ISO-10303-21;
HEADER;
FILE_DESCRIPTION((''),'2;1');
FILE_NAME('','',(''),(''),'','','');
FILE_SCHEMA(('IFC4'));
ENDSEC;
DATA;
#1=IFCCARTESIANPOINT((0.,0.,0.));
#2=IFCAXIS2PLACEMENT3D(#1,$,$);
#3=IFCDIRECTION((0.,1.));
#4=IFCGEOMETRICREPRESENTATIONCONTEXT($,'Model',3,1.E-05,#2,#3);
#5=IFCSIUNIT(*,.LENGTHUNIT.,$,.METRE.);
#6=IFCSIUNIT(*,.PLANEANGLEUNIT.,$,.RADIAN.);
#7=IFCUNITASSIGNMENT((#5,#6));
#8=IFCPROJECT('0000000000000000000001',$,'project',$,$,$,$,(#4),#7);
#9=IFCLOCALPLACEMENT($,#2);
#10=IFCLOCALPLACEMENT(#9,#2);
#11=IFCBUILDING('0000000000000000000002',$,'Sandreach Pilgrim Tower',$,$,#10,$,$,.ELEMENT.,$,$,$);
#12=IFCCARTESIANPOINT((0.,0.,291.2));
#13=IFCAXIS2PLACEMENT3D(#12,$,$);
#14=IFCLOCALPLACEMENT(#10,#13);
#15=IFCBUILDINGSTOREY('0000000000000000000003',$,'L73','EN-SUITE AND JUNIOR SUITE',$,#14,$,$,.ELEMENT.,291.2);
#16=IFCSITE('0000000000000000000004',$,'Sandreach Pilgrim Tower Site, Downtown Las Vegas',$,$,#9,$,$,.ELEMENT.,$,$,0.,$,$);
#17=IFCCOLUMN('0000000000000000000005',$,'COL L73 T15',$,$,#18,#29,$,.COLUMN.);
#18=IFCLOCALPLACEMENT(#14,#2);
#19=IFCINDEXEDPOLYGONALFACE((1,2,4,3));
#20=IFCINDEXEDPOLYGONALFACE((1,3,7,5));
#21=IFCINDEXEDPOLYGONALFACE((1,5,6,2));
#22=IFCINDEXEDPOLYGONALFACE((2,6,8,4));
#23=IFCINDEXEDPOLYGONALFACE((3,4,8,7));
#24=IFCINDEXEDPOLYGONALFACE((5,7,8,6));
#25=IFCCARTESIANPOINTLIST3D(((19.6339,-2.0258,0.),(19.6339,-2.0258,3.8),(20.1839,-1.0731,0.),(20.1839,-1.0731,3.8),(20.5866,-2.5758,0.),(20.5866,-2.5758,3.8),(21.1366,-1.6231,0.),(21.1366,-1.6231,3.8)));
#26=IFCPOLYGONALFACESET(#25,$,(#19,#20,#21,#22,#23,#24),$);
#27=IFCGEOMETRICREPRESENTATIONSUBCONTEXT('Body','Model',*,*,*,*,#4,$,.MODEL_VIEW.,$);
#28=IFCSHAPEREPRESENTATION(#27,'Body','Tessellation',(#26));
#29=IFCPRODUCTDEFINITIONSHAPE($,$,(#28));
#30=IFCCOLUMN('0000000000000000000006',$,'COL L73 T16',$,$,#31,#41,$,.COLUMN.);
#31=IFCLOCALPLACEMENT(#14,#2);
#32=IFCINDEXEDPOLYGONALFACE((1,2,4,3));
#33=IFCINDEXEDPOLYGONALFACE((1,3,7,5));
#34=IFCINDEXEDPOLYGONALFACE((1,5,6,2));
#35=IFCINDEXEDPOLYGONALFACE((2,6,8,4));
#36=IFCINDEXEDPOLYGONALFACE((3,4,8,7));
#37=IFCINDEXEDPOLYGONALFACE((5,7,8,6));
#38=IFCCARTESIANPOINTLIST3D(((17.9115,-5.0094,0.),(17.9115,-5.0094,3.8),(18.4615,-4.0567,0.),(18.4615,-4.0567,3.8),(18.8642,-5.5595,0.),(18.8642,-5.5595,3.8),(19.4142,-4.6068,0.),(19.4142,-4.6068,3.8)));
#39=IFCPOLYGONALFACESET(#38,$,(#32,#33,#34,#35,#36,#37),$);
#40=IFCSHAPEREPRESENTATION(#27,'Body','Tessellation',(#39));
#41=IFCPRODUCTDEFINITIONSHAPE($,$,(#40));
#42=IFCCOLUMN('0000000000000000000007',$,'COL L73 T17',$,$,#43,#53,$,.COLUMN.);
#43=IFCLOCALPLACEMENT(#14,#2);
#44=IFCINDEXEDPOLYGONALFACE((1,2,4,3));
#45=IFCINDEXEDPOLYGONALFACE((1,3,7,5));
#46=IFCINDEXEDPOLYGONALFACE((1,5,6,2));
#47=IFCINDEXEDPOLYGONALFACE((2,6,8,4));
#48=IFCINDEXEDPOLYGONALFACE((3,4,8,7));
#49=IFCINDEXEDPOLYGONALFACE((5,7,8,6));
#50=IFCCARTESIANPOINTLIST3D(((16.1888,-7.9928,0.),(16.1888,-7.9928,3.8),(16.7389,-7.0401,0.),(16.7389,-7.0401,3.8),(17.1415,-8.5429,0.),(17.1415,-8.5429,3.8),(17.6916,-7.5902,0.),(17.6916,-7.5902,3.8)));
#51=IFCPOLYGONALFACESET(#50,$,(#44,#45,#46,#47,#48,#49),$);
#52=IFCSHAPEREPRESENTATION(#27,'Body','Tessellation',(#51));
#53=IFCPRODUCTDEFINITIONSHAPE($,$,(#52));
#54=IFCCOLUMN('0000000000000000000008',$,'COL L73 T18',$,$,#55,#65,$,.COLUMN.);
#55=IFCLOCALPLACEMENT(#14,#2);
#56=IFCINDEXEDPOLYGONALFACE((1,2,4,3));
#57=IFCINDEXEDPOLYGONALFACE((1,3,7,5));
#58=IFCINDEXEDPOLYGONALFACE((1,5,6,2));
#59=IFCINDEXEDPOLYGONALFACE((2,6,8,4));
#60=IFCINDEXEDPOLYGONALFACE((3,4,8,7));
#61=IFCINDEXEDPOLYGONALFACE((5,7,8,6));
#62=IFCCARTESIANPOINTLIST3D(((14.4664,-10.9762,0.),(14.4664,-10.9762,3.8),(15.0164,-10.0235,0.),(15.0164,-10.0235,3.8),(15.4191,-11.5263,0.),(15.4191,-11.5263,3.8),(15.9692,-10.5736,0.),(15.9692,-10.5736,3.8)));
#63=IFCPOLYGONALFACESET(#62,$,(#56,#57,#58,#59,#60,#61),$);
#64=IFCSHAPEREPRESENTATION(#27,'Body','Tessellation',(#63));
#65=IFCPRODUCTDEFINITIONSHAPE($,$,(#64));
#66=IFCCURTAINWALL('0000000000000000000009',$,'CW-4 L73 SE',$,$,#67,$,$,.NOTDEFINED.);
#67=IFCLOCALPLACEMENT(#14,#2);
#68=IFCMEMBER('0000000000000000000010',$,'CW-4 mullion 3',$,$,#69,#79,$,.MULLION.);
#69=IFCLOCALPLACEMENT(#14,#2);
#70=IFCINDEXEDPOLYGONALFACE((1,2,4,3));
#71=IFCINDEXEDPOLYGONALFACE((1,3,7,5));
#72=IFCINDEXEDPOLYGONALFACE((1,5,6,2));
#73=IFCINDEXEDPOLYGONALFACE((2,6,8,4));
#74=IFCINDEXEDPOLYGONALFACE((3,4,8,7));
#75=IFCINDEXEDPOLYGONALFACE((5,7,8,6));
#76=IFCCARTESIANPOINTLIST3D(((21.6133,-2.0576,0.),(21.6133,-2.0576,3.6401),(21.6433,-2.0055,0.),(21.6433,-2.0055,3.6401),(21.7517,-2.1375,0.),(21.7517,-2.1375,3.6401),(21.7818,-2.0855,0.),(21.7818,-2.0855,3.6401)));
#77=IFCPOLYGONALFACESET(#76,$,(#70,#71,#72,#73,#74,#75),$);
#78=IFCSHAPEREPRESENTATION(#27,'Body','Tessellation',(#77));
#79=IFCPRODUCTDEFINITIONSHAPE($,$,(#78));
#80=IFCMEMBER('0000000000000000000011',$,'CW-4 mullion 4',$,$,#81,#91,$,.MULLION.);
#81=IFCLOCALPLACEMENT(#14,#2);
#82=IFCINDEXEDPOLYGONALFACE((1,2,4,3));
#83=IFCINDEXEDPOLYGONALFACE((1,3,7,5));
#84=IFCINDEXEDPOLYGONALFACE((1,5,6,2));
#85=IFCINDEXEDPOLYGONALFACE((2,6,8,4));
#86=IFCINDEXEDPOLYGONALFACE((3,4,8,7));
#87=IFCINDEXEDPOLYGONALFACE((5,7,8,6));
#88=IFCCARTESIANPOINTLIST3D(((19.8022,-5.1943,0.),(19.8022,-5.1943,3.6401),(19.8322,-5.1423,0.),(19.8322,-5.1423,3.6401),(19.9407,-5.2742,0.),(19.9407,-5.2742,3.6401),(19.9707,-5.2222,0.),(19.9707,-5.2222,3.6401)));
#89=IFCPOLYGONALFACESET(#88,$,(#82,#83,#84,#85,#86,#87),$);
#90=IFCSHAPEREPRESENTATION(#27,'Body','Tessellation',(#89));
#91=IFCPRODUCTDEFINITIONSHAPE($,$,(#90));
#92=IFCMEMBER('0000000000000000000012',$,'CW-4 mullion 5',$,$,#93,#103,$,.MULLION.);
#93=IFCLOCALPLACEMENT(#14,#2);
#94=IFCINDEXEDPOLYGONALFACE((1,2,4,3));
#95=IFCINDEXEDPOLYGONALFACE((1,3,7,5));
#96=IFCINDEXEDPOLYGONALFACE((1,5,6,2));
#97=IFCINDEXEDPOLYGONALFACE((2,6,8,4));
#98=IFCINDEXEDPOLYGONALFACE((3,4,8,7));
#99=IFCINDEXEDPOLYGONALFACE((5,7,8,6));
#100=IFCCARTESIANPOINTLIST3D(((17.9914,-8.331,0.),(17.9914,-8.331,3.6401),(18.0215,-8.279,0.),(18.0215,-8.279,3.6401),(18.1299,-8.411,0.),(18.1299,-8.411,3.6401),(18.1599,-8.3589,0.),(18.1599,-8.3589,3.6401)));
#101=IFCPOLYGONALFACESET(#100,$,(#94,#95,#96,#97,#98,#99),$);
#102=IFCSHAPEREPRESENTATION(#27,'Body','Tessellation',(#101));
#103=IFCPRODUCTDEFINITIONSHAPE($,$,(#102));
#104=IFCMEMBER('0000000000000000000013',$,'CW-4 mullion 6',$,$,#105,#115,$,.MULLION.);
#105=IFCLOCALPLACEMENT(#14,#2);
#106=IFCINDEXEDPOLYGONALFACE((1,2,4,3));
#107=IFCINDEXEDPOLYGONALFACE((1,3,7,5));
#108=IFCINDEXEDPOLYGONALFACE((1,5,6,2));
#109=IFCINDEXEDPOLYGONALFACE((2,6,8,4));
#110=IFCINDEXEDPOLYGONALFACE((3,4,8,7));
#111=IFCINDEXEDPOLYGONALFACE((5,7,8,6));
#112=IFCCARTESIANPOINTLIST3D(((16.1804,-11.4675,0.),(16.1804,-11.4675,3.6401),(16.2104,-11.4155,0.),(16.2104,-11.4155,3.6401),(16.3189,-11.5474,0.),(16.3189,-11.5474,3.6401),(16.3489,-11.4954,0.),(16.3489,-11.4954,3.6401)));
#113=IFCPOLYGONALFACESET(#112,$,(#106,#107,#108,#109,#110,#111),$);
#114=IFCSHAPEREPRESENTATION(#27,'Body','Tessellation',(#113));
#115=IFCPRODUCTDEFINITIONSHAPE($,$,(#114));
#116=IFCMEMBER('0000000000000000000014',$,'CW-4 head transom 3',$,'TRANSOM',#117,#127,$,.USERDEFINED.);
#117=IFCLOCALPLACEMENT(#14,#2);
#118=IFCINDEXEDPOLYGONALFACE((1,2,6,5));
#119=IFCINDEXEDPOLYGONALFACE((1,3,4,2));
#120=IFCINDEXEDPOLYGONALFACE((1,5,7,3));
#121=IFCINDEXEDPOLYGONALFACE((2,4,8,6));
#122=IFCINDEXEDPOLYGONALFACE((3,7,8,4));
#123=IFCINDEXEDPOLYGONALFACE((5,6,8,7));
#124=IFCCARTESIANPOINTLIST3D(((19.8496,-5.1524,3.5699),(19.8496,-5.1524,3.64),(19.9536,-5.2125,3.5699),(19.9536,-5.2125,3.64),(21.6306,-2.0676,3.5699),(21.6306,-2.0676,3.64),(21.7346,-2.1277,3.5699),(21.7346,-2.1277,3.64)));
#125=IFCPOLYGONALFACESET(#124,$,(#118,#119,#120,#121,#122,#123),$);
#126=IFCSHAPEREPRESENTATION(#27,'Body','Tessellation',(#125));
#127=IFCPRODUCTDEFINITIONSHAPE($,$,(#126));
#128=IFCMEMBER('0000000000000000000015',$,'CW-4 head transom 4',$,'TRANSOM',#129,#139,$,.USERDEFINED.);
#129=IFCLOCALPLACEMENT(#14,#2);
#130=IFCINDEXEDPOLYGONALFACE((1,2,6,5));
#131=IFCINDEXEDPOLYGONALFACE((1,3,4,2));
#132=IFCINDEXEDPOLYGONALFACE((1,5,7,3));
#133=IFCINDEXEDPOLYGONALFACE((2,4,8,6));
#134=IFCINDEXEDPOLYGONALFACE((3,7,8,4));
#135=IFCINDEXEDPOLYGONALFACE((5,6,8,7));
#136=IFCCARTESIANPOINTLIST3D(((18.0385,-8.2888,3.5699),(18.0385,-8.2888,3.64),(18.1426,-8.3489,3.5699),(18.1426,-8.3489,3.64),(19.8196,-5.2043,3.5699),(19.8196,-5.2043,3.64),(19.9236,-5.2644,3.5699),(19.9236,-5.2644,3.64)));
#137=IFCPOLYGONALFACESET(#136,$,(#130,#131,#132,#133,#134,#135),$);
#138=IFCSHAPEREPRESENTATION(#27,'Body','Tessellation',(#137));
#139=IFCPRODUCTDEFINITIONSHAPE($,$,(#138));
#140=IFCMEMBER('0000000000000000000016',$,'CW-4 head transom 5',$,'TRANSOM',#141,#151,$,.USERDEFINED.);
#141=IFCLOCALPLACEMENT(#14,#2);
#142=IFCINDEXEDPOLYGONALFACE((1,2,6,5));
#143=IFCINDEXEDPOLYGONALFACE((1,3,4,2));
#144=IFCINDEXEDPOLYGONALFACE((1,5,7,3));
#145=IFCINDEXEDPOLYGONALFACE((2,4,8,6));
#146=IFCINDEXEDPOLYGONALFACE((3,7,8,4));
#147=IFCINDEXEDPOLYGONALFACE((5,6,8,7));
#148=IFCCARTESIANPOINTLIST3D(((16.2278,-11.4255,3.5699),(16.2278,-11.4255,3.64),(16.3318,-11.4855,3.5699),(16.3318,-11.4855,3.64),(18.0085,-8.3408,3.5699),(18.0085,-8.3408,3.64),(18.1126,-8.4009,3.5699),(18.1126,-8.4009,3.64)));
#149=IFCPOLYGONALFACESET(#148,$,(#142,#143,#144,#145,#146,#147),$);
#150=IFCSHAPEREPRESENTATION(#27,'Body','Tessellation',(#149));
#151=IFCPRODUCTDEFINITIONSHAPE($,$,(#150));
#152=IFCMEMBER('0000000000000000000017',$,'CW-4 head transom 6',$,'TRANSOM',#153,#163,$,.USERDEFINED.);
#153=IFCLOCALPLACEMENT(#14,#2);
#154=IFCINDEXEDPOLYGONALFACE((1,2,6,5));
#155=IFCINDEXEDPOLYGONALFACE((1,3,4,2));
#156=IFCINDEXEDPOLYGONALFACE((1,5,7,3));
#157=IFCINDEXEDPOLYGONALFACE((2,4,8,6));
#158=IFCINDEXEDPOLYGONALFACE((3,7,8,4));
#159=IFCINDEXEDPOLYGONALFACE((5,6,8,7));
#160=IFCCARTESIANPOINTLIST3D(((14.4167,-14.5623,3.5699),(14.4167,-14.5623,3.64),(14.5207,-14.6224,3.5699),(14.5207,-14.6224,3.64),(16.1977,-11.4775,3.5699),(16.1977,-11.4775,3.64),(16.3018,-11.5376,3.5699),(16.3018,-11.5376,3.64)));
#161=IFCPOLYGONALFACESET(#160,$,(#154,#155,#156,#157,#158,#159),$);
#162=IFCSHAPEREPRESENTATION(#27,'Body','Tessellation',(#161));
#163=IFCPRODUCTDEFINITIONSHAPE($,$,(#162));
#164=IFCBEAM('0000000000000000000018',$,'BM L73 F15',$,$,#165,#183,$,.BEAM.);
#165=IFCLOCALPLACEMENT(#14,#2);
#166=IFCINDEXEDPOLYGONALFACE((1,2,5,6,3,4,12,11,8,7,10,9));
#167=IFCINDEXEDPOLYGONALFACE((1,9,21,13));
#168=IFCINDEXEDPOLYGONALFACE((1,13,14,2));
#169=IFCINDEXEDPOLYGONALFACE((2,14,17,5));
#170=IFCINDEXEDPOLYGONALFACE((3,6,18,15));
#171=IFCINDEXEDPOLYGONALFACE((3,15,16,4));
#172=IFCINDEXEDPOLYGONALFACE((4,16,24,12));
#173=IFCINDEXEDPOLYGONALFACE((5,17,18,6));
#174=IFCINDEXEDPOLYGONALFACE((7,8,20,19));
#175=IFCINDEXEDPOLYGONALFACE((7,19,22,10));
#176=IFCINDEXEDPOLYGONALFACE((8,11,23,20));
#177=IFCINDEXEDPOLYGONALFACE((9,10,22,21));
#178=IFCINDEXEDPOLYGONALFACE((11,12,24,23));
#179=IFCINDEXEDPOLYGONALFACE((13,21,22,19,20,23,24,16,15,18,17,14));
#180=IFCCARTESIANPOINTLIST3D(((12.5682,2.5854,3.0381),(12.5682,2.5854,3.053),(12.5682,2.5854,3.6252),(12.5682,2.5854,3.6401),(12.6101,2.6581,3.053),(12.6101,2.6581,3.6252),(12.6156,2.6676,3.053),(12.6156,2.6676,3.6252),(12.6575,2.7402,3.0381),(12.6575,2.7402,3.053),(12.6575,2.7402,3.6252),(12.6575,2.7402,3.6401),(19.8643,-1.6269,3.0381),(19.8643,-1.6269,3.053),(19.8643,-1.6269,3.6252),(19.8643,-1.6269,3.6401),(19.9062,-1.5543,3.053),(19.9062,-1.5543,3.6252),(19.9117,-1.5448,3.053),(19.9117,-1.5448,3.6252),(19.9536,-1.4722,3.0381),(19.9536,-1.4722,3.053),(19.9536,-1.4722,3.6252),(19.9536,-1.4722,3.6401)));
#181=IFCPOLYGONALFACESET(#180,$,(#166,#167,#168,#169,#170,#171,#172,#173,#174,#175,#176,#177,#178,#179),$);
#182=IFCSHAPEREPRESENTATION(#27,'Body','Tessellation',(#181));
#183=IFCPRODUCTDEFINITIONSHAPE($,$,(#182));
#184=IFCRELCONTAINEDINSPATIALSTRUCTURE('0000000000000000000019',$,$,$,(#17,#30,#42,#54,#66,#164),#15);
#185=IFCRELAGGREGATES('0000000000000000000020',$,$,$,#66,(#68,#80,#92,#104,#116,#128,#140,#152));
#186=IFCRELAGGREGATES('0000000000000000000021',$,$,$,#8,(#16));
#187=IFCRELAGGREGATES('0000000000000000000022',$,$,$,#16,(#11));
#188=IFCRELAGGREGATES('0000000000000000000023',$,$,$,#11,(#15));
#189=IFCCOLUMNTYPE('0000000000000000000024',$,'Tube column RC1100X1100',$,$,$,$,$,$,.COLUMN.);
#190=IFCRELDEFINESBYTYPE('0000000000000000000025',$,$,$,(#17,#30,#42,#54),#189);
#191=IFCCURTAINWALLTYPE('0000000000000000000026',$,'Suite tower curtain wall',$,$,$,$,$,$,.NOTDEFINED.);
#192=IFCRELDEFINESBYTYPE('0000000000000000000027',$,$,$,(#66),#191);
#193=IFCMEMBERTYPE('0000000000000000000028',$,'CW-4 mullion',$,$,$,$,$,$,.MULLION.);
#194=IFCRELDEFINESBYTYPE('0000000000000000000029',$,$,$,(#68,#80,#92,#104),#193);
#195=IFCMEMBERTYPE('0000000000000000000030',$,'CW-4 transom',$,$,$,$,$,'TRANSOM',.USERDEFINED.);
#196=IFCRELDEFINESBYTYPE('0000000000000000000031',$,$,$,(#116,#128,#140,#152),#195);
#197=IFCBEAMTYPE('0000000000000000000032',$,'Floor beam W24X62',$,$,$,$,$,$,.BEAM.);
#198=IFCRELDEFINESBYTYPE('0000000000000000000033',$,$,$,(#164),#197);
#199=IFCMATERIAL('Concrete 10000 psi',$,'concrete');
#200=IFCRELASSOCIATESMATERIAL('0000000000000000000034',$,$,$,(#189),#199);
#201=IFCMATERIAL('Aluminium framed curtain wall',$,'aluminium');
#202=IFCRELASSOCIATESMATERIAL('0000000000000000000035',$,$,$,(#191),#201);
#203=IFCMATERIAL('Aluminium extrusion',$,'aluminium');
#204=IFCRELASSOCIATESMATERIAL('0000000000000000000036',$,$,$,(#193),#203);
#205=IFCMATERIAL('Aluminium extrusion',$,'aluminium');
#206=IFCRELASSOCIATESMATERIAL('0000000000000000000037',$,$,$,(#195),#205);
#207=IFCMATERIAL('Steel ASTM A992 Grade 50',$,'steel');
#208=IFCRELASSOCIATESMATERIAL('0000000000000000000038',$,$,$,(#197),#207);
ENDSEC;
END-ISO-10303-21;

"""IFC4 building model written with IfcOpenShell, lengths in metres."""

from ifc_helpers import new_model, si_unit, direction, frame, origin, origin_2d, place, context, subcontext, project, spatial, rectangle, i_section, extrude, material, material_profile, profile_set, type_object, element, aggregate, save


model = new_model("IFC4")

# Units and contexts
model_context = context("Model", 3, precision=1e-05, world=origin(), true_north=direction((0.0, 1.0)))
body_context = subcontext(model_context, "Body", "Model", "MODEL_VIEW")
ifc_project = project(units=[si_unit("LENGTHUNIT", "METRE"), si_unit("PLANEANGLEUNIT", "RADIAN")], contexts=[model_context])

# Site, building, storey
site_placement = place(None, origin())
site = spatial("IfcSite", under=ifc_project, at=site_placement, Name="Sandreach Pilgrim Tower Site, Downtown Las Vegas", CompositionType="ELEMENT", RefElevation=0.0)
building_placement = place(site_placement, origin())
building = spatial("IfcBuilding", under=site, at=building_placement, Name="Sandreach Pilgrim Tower", CompositionType="ELEMENT")
storey_placement = place(building_placement, frame((0.0, 0.0, 291.2)))
storey = spatial("IfcBuildingStorey", under=building, at=storey_placement, Name="L73", Description="EN-SUITE AND JUNIOR SUITE", CompositionType="ELEMENT", Elevation=291.2)

# Columns
ifc_material_1 = material(Name="Concrete 10000 psi", Category="concrete")
ifc_material_profile_1 = material_profile(ifc_material_1, rectangle(XDim=1.1001, YDim=1.1001, at=origin_2d()), Name="RC1100X1100")
ifc_profile_set_1 = profile_set([ifc_material_profile_1], Name="Concrete 10000 psi")
column_type = type_object("IfcColumnType", Name="Tube column RC1100X1100", PredefinedType="COLUMN", material=ifc_profile_set_1)
for number, where, z_axis, x_axis, name in (
    (1, (20.3853, -1.8245, 0.0), (0.0, 0.0, 1.0), (0.866025, -0.5, 0.0), "COL L73 T15"),
    (2, (18.6628, -4.8081, 0.0), (0.0, 0.0, 1.0), (0.866025, -0.5, 0.0), "COL L73 T16"),
    (3, (16.9402, -7.7915, 0.0), (0.0, 0.0, 1.0), (0.866025, -0.5, 0.0), "COL L73 T17"),
    (4, (15.2178, -10.7749, 0.0), (0.0, 0.0, 1.0), (0.866025, -0.5, 0.0), "COL L73 T18"),
):
    element("IfcColumn", number, at=place(storey_placement, frame(where, z_axis=z_axis, x_axis=x_axis)), inside=storey, type_object=column_type, Name=name, PredefinedType="COLUMN", context=body_context, shape_type="SweptSolid", body=[
        extrude(rectangle(XDim=1.1001, YDim=1.1001, at=origin_2d()), origin(), (0.0, 0.0, 1.0), 3.8),
    ])

# Curtain wall, members
ifc_material_2 = material(Name="Aluminium framed curtain wall", Category="aluminium")
curtain_wall_type = type_object("IfcCurtainWallType", Name="Suite tower curtain wall", PredefinedType="NOTDEFINED", material=ifc_material_2)
curtain_wall_placement = place(storey_placement, origin())
curtain_wall = element("IfcCurtainWall", 5, at=curtain_wall_placement, inside=storey, type_object=curtain_wall_type, Name="CW-4 L73 SE", PredefinedType="NOTDEFINED")
ifc_material_3 = material(Name="Aluminium extrusion", Category="aluminium")
ifc_material_profile_2 = material_profile(ifc_material_3, rectangle(XDim=0.0601, YDim=0.1599, at=origin_2d()), Name="CW-4M 60X160")
ifc_profile_set_2 = profile_set([ifc_material_profile_2], Name="Aluminium extrusion")
member_type_1 = type_object("IfcMemberType", Name="CW-4 mullion", PredefinedType="MULLION", material=ifc_profile_set_2)
member_1_placement = place(storey_placement, frame((21.6975, -2.0715, 0.0), z_axis=(0.0, 0.0, 1.0), x_axis=(-0.5, -0.866025, 0.0)))
member_1 = element("IfcMember", 6, at=member_1_placement, type_object=member_type_1, Name="CW-4 mullion 3", PredefinedType="MULLION", context=body_context, shape_type="SweptSolid", body=[
    extrude(rectangle(XDim=0.0601, YDim=0.1599, at=origin_2d()), origin(), (0.0, 0.0, 1.0), 3.6401),
])
member_2_placement = place(storey_placement, frame((19.8865, -5.2083, 0.0), z_axis=(0.0, 0.0, 1.0), x_axis=(-0.5, -0.866025, 0.0)))
member_2 = element("IfcMember", 7, at=member_2_placement, type_object=member_type_1, Name="CW-4 mullion 4", PredefinedType="MULLION", context=body_context, shape_type="SweptSolid", body=[
    extrude(rectangle(XDim=0.0601, YDim=0.1599, at=origin_2d()), origin(), (0.0, 0.0, 1.0), 3.6401),
])
member_3_placement = place(storey_placement, frame((18.0757, -8.345, 0.0), z_axis=(0.0, 0.0, 1.0), x_axis=(-0.5, -0.866025, 0.0)))
member_3 = element("IfcMember", 8, at=member_3_placement, type_object=member_type_1, Name="CW-4 mullion 5", PredefinedType="MULLION", context=body_context, shape_type="SweptSolid", body=[
    extrude(rectangle(XDim=0.0601, YDim=0.1599, at=origin_2d()), origin(), (0.0, 0.0, 1.0), 3.6401),
])
member_4_placement = place(storey_placement, frame((16.2646, -11.4814, 0.0), z_axis=(0.0, 0.0, 1.0), x_axis=(-0.5, -0.866025, 0.0)))
member_4 = element("IfcMember", 9, at=member_4_placement, type_object=member_type_1, Name="CW-4 mullion 6", PredefinedType="MULLION", context=body_context, shape_type="SweptSolid", body=[
    extrude(rectangle(XDim=0.0601, YDim=0.1599, at=origin_2d()), origin(), (0.0, 0.0, 1.0), 3.6401),
])
ifc_material_4 = material(Name="Aluminium extrusion", Category="aluminium")
ifc_material_profile_3 = material_profile(ifc_material_4, rectangle(XDim=0.1201, YDim=0.0701, at=origin_2d()), Name="CW-4T 120X70")
ifc_profile_set_3 = profile_set([ifc_material_profile_3], Name="Aluminium extrusion")
member_type_2 = type_object("IfcMemberType", Name="CW-4 transom", ElementType="TRANSOM", PredefinedType="USERDEFINED", material=ifc_profile_set_3)
member_5_placement = place(storey_placement, frame((21.6826, -2.0977, 3.605), z_axis=(-0.500009, -0.86602, 0.0), x_axis=(0.86602, -0.500009, 0.0)))
member_5 = element("IfcMember", 10, at=member_5_placement, type_object=member_type_2, Name="CW-4 head transom 3", ObjectType="TRANSOM", PredefinedType="USERDEFINED", context=body_context, shape_type="SweptSolid", body=[
    extrude(rectangle(XDim=0.1201, YDim=0.0701, at=origin_2d()), origin(), (0.0, 0.0, 1.0), 3.562),
])
member_6_placement = place(storey_placement, frame((19.8716, -5.2344, 3.605), z_axis=(-0.500039, -0.866003, 0.0), x_axis=(0.866003, -0.500039, 0.0)))
member_6 = element("IfcMember", 11, at=member_6_placement, type_object=member_type_2, Name="CW-4 head transom 4", ObjectType="TRANSOM", PredefinedType="USERDEFINED", context=body_context, shape_type="SweptSolid", body=[
    extrude(rectangle(XDim=0.1201, YDim=0.0701, at=origin_2d()), origin(), (0.0, 0.0, 1.0), 3.5618),
])
member_7_placement = place(storey_placement, frame((18.0605, -8.3708, 3.605), z_axis=(-0.499958, -0.86605, 0.0), x_axis=(0.86605, -0.499958, 0.0)))
member_7 = element("IfcMember", 12, at=member_7_placement, type_object=member_type_2, Name="CW-4 head transom 5", ObjectType="TRANSOM", PredefinedType="USERDEFINED", context=body_context, shape_type="SweptSolid", body=[
    extrude(rectangle(XDim=0.1201, YDim=0.0701, at=origin_2d()), origin(), (0.0, 0.0, 1.0), 3.5618),
])
member_8_placement = place(storey_placement, frame((16.2498, -11.5076, 3.605), z_axis=(-0.500009, -0.86602, 0.0), x_axis=(0.86602, -0.500009, 0.0)))
member_8 = element("IfcMember", 13, at=member_8_placement, type_object=member_type_2, Name="CW-4 head transom 6", ObjectType="TRANSOM", PredefinedType="USERDEFINED", context=body_context, shape_type="SweptSolid", body=[
    extrude(rectangle(XDim=0.1201, YDim=0.0701, at=origin_2d()), origin(), (0.0, 0.0, 1.0), 3.562),
])

# Beam
ifc_material_5 = material(Name="Steel ASTM A992 Grade 50", Category="steel")
ifc_material_profile_4 = material_profile(ifc_material_5, i_section(OverallWidth=0.1787, OverallDepth=0.6021, WebThickness=0.011, FlangeThickness=0.0149, at=origin_2d()), Name="W24X62")
ifc_profile_set_4 = profile_set([ifc_material_profile_4], Name="Steel ASTM A992 Grade 50")
beam_type_1 = type_object("IfcBeamType", Name="Floor beam W24X62", PredefinedType="BEAM", material=ifc_profile_set_4)
beam_1_placement = place(storey_placement, frame((19.9089, -1.5496, 3.3391), z_axis=(-0.866027, 0.499998, 0.0), x_axis=(-0.499998, -0.866027, 0.0)))
element("IfcBeam", 14, at=beam_1_placement, inside=storey, type_object=beam_type_1, Name="BM L73 F15", PredefinedType="BEAM", context=body_context, shape_type="SweptSolid", body=[
    extrude(i_section(OverallWidth=0.1787, OverallDepth=0.6021, WebThickness=0.011, FlangeThickness=0.0149, at=origin_2d()), origin(), (0.0, 0.0, 1.0), 8.4248),
])

aggregate(curtain_wall, [member_1, member_2, member_3, member_4, member_5, member_6, member_7, member_8])

save(model, "model.ifc")
